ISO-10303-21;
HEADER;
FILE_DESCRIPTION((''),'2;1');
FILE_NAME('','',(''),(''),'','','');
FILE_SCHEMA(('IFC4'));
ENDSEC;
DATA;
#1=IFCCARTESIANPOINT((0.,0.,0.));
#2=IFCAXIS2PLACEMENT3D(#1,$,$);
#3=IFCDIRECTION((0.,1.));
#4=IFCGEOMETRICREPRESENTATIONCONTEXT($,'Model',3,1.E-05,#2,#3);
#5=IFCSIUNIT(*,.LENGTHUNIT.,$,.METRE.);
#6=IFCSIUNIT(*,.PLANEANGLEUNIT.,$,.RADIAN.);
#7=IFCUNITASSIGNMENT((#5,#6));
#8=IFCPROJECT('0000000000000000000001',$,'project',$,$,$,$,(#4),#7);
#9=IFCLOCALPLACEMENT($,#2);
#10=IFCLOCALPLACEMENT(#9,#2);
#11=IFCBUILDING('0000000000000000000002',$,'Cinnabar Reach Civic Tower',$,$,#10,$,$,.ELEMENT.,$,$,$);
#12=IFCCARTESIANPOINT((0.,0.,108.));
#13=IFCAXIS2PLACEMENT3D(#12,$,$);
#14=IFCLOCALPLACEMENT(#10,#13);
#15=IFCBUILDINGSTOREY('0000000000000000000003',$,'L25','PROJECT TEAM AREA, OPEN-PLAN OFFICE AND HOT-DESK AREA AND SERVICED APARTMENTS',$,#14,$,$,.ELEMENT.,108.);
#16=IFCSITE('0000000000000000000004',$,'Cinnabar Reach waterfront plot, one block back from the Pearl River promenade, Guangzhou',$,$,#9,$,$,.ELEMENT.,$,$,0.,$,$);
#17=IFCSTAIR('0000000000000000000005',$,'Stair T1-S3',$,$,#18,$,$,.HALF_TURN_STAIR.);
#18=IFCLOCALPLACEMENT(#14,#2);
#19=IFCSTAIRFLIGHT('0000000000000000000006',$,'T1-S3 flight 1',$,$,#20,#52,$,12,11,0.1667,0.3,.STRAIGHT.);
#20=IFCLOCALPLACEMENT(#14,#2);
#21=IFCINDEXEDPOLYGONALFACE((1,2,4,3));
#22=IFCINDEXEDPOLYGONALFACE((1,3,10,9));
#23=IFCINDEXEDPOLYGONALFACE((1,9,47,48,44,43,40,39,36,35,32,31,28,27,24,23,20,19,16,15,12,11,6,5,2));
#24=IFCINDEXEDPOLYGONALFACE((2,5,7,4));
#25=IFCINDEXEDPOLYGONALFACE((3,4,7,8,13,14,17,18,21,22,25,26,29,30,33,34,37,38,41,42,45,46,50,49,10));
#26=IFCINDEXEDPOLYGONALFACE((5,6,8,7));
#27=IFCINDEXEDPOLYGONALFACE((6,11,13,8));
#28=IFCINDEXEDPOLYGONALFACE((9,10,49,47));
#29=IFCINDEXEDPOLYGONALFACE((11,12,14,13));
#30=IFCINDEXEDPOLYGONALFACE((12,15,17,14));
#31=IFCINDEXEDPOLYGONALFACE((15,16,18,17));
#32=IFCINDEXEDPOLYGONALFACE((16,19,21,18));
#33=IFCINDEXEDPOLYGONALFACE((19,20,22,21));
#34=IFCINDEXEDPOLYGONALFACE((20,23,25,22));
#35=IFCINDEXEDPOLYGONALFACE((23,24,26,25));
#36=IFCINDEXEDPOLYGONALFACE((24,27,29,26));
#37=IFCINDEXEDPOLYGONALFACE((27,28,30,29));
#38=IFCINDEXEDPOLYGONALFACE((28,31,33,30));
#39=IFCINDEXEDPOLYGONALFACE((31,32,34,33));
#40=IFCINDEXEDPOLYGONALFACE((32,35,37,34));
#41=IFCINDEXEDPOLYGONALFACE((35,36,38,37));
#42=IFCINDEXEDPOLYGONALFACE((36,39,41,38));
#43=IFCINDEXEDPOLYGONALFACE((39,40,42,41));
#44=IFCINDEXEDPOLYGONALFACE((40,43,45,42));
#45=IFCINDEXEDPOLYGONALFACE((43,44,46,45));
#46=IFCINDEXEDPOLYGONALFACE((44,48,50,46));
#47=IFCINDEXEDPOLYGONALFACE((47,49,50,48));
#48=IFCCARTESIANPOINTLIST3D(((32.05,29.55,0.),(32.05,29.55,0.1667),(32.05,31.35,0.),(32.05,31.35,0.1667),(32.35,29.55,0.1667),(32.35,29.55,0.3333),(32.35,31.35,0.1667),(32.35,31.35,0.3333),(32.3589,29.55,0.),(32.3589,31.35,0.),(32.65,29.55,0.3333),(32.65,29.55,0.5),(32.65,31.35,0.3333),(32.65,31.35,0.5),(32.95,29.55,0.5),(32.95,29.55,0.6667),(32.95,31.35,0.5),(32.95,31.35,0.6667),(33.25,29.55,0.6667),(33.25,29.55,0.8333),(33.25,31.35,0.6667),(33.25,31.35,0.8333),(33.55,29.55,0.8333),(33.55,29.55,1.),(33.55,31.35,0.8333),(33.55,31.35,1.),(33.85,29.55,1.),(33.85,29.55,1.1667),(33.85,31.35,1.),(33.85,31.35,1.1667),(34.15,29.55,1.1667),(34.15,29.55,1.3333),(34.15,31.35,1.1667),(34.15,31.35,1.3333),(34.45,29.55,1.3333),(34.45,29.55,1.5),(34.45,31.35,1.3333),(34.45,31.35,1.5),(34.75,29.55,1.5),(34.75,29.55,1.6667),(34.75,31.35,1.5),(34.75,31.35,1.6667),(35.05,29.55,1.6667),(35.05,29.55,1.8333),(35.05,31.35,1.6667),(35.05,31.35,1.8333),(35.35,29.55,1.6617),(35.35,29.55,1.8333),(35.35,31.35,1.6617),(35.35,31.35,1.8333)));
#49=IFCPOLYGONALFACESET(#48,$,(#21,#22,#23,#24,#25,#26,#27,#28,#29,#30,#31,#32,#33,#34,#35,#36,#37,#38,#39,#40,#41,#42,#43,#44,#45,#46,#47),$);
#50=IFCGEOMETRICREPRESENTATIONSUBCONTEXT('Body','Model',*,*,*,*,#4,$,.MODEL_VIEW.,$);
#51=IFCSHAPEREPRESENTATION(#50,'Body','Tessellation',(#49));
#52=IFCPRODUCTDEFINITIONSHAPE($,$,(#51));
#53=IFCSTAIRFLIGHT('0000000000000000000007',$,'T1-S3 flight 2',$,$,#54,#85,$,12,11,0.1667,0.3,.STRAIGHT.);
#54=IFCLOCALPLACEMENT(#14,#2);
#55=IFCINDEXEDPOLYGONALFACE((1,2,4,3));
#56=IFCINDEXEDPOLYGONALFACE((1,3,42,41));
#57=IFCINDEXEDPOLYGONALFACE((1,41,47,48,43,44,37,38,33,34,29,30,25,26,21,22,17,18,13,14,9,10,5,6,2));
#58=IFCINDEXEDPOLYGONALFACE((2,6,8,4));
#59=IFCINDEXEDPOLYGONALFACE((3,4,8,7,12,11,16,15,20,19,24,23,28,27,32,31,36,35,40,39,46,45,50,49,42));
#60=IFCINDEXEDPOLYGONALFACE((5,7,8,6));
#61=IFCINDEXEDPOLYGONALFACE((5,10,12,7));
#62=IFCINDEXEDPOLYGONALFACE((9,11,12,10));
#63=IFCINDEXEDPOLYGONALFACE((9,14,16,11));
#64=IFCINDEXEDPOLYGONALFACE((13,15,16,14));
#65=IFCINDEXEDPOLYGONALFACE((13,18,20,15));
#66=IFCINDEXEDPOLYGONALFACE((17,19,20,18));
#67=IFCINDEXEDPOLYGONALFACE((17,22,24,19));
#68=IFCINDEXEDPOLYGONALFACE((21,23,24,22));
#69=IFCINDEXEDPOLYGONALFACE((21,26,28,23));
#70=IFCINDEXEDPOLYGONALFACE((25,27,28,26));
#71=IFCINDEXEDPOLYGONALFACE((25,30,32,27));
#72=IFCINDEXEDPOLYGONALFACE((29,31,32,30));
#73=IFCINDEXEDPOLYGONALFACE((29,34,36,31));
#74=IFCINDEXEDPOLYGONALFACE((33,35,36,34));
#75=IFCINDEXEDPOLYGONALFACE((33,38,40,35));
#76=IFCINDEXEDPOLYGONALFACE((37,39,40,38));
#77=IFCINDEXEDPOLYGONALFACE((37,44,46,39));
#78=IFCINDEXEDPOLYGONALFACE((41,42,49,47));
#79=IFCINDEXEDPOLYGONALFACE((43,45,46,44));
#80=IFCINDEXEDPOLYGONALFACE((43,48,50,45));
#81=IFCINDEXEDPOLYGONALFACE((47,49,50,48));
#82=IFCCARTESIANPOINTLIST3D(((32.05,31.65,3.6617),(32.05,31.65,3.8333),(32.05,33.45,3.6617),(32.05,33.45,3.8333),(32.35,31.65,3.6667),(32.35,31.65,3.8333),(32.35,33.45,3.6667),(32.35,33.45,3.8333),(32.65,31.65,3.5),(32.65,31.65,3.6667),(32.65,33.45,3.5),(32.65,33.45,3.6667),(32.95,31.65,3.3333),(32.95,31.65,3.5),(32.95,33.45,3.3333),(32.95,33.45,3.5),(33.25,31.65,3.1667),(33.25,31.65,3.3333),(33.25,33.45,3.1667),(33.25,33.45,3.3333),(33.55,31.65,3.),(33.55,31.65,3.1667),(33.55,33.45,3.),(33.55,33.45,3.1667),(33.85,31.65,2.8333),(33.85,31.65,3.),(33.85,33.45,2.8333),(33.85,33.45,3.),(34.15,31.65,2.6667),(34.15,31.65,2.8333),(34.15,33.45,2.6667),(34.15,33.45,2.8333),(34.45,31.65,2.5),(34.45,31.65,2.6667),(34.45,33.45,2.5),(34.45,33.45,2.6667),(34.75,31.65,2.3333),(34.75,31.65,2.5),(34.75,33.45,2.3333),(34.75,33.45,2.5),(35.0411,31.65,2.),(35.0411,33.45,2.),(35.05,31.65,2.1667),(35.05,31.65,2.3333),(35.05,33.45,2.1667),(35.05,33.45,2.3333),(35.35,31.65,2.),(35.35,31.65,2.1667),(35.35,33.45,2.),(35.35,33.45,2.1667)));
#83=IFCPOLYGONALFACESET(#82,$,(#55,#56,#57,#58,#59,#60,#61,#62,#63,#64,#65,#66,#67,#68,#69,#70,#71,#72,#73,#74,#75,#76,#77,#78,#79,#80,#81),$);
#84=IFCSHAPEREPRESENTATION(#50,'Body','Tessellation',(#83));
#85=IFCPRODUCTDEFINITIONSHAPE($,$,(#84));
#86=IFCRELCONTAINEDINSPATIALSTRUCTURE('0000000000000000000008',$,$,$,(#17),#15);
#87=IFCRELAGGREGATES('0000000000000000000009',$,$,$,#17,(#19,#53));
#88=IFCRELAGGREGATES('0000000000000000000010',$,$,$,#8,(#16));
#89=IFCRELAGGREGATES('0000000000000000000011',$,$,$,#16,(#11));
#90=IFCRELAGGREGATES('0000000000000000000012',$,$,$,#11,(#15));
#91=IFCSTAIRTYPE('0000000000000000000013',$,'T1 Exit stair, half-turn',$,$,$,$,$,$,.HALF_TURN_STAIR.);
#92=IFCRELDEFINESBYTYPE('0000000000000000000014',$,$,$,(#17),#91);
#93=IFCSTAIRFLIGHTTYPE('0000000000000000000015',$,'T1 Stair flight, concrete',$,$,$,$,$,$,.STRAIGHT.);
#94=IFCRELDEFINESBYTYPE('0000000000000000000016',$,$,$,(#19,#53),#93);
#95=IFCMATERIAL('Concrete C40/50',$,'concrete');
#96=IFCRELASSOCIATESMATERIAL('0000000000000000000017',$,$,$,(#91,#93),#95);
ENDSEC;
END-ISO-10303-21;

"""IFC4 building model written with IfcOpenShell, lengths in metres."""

from ifc_helpers import new_model, si_unit, direction, frame, origin, place, context, subcontext, project, spatial, polyline, outline, extrude, material, type_object, element, aggregate, save


model = new_model("IFC4")

# Units and contexts
model_context = context("Model", 3, precision=1e-05, world=origin(), true_north=direction((0.0, 1.0)))
body_context = subcontext(model_context, "Body", "Model", "MODEL_VIEW")
ifc_project = project(units=[si_unit("LENGTHUNIT", "METRE"), si_unit("PLANEANGLEUNIT", "RADIAN")], contexts=[model_context])

# Site, building, storey
site_placement = place(None, origin())
site = spatial("IfcSite", under=ifc_project, at=site_placement, Name="Cinnabar Reach waterfront plot, one block back from the Pearl River promenade, Guangzhou", CompositionType="ELEMENT", RefElevation=0.0)
building_placement = place(site_placement, origin())
building = spatial("IfcBuilding", under=site, at=building_placement, Name="Cinnabar Reach Civic Tower", CompositionType="ELEMENT")
storey_placement = place(building_placement, frame((0.0, 0.0, 108.0)))
storey = spatial("IfcBuildingStorey", under=building, at=storey_placement, Name="L25", Description="PROJECT TEAM AREA, OPEN-PLAN OFFICE AND HOT-DESK AREA AND SERVICED APARTMENTS", CompositionType="ELEMENT", Elevation=108.0)

# Stair, stair flights
ifc_material_1 = material(Name="Concrete C40/50", Category="concrete")
stair_type = type_object("IfcStairType", Name="T1 Exit stair, half-turn", PredefinedType="HALF_TURN_STAIR", material=ifc_material_1)
stair_placement = place(storey_placement, origin())
stair = element("IfcStair", 1, at=stair_placement, inside=storey, type_object=stair_type, Name="Stair T1-S3", PredefinedType="HALF_TURN_STAIR")
stair_flight_type = type_object("IfcStairFlightType", Name="T1 Stair flight, concrete", PredefinedType="STRAIGHT", material=ifc_material_1)
stair_flight_1_placement = place(storey_placement, frame((32.05, 30.45, 0.0), z_axis=(0.0, 0.0, 1.0), x_axis=(1.0, 0.0, 0.0)))
stair_flight_1 = element("IfcStairFlight", 2, at=stair_flight_1_placement, type_object=stair_flight_type, Name="T1-S3 flight 1", NumberOfRisers=12, NumberOfTreads=11, PredefinedType="STRAIGHT", RiserHeight=0.1667, TreadLength=0.3, context=body_context, shape_type="SweptSolid", body=[
    extrude(outline(polyline([(0.0, 0.0), (0.0, 0.1667), (0.3, 0.1667), (0.3, 0.3333), (0.6, 0.3333), (0.6, 0.5), (0.9, 0.5), (0.9, 0.6667), (1.2, 0.6667), (1.2, 0.8333), (1.5, 0.8333), (1.5, 1.0), (1.8, 1.0), (1.8, 1.1667), (2.1, 1.1667), (2.1, 1.3333), (2.4, 1.3333), (2.4, 1.5), (2.7, 1.5), (2.7, 1.6667), (3.0, 1.6667), (3.0, 1.8333), (3.3, 1.8333), (3.3, 2.0), (3.3, 1.6617), (0.3089, 0.0), (0.0, 0.0)])), frame((0.0, 0.9, 0.0), z_axis=(0.0, -1.0, 0.0), x_axis=(1.0, 0.0, 0.0)), (0.0, 0.0, 1.0), 1.8),
])
stair_flight_2_placement = place(storey_placement, frame((35.35, 32.55, 2.0), z_axis=(0.0, 0.0, 1.0), x_axis=(-1.0, 0.0, 0.0)))
stair_flight_2 = element("IfcStairFlight", 3, at=stair_flight_2_placement, type_object=stair_flight_type, Name="T1-S3 flight 2", NumberOfRisers=12, NumberOfTreads=11, PredefinedType="STRAIGHT", RiserHeight=0.1667, TreadLength=0.3, context=body_context, shape_type="SweptSolid", body=[
    extrude(outline(polyline([(0.0, 0.0), (0.0, 0.1667), (0.3, 0.1667), (0.3, 0.3333), (0.6, 0.3333), (0.6, 0.5), (0.9, 0.5), (0.9, 0.6667), (1.2, 0.6667), (1.2, 0.8333), (1.5, 0.8333), (1.5, 1.0), (1.8, 1.0), (1.8, 1.1667), (2.1, 1.1667), (2.1, 1.3333), (2.4, 1.3333), (2.4, 1.5), (2.7, 1.5), (2.7, 1.6667), (3.0, 1.6667), (3.0, 1.8333), (3.3, 1.8333), (3.3, 2.0), (3.3, 1.6617), (0.3089, 0.0), (0.0, 0.0)])), frame((0.0, 0.9, 0.0), z_axis=(0.0, -1.0, 0.0), x_axis=(1.0, 0.0, 0.0)), (0.0, 0.0, 1.0), 1.8),
])
aggregate(stair, [stair_flight_1, stair_flight_2])

save(model, "model.ifc")
